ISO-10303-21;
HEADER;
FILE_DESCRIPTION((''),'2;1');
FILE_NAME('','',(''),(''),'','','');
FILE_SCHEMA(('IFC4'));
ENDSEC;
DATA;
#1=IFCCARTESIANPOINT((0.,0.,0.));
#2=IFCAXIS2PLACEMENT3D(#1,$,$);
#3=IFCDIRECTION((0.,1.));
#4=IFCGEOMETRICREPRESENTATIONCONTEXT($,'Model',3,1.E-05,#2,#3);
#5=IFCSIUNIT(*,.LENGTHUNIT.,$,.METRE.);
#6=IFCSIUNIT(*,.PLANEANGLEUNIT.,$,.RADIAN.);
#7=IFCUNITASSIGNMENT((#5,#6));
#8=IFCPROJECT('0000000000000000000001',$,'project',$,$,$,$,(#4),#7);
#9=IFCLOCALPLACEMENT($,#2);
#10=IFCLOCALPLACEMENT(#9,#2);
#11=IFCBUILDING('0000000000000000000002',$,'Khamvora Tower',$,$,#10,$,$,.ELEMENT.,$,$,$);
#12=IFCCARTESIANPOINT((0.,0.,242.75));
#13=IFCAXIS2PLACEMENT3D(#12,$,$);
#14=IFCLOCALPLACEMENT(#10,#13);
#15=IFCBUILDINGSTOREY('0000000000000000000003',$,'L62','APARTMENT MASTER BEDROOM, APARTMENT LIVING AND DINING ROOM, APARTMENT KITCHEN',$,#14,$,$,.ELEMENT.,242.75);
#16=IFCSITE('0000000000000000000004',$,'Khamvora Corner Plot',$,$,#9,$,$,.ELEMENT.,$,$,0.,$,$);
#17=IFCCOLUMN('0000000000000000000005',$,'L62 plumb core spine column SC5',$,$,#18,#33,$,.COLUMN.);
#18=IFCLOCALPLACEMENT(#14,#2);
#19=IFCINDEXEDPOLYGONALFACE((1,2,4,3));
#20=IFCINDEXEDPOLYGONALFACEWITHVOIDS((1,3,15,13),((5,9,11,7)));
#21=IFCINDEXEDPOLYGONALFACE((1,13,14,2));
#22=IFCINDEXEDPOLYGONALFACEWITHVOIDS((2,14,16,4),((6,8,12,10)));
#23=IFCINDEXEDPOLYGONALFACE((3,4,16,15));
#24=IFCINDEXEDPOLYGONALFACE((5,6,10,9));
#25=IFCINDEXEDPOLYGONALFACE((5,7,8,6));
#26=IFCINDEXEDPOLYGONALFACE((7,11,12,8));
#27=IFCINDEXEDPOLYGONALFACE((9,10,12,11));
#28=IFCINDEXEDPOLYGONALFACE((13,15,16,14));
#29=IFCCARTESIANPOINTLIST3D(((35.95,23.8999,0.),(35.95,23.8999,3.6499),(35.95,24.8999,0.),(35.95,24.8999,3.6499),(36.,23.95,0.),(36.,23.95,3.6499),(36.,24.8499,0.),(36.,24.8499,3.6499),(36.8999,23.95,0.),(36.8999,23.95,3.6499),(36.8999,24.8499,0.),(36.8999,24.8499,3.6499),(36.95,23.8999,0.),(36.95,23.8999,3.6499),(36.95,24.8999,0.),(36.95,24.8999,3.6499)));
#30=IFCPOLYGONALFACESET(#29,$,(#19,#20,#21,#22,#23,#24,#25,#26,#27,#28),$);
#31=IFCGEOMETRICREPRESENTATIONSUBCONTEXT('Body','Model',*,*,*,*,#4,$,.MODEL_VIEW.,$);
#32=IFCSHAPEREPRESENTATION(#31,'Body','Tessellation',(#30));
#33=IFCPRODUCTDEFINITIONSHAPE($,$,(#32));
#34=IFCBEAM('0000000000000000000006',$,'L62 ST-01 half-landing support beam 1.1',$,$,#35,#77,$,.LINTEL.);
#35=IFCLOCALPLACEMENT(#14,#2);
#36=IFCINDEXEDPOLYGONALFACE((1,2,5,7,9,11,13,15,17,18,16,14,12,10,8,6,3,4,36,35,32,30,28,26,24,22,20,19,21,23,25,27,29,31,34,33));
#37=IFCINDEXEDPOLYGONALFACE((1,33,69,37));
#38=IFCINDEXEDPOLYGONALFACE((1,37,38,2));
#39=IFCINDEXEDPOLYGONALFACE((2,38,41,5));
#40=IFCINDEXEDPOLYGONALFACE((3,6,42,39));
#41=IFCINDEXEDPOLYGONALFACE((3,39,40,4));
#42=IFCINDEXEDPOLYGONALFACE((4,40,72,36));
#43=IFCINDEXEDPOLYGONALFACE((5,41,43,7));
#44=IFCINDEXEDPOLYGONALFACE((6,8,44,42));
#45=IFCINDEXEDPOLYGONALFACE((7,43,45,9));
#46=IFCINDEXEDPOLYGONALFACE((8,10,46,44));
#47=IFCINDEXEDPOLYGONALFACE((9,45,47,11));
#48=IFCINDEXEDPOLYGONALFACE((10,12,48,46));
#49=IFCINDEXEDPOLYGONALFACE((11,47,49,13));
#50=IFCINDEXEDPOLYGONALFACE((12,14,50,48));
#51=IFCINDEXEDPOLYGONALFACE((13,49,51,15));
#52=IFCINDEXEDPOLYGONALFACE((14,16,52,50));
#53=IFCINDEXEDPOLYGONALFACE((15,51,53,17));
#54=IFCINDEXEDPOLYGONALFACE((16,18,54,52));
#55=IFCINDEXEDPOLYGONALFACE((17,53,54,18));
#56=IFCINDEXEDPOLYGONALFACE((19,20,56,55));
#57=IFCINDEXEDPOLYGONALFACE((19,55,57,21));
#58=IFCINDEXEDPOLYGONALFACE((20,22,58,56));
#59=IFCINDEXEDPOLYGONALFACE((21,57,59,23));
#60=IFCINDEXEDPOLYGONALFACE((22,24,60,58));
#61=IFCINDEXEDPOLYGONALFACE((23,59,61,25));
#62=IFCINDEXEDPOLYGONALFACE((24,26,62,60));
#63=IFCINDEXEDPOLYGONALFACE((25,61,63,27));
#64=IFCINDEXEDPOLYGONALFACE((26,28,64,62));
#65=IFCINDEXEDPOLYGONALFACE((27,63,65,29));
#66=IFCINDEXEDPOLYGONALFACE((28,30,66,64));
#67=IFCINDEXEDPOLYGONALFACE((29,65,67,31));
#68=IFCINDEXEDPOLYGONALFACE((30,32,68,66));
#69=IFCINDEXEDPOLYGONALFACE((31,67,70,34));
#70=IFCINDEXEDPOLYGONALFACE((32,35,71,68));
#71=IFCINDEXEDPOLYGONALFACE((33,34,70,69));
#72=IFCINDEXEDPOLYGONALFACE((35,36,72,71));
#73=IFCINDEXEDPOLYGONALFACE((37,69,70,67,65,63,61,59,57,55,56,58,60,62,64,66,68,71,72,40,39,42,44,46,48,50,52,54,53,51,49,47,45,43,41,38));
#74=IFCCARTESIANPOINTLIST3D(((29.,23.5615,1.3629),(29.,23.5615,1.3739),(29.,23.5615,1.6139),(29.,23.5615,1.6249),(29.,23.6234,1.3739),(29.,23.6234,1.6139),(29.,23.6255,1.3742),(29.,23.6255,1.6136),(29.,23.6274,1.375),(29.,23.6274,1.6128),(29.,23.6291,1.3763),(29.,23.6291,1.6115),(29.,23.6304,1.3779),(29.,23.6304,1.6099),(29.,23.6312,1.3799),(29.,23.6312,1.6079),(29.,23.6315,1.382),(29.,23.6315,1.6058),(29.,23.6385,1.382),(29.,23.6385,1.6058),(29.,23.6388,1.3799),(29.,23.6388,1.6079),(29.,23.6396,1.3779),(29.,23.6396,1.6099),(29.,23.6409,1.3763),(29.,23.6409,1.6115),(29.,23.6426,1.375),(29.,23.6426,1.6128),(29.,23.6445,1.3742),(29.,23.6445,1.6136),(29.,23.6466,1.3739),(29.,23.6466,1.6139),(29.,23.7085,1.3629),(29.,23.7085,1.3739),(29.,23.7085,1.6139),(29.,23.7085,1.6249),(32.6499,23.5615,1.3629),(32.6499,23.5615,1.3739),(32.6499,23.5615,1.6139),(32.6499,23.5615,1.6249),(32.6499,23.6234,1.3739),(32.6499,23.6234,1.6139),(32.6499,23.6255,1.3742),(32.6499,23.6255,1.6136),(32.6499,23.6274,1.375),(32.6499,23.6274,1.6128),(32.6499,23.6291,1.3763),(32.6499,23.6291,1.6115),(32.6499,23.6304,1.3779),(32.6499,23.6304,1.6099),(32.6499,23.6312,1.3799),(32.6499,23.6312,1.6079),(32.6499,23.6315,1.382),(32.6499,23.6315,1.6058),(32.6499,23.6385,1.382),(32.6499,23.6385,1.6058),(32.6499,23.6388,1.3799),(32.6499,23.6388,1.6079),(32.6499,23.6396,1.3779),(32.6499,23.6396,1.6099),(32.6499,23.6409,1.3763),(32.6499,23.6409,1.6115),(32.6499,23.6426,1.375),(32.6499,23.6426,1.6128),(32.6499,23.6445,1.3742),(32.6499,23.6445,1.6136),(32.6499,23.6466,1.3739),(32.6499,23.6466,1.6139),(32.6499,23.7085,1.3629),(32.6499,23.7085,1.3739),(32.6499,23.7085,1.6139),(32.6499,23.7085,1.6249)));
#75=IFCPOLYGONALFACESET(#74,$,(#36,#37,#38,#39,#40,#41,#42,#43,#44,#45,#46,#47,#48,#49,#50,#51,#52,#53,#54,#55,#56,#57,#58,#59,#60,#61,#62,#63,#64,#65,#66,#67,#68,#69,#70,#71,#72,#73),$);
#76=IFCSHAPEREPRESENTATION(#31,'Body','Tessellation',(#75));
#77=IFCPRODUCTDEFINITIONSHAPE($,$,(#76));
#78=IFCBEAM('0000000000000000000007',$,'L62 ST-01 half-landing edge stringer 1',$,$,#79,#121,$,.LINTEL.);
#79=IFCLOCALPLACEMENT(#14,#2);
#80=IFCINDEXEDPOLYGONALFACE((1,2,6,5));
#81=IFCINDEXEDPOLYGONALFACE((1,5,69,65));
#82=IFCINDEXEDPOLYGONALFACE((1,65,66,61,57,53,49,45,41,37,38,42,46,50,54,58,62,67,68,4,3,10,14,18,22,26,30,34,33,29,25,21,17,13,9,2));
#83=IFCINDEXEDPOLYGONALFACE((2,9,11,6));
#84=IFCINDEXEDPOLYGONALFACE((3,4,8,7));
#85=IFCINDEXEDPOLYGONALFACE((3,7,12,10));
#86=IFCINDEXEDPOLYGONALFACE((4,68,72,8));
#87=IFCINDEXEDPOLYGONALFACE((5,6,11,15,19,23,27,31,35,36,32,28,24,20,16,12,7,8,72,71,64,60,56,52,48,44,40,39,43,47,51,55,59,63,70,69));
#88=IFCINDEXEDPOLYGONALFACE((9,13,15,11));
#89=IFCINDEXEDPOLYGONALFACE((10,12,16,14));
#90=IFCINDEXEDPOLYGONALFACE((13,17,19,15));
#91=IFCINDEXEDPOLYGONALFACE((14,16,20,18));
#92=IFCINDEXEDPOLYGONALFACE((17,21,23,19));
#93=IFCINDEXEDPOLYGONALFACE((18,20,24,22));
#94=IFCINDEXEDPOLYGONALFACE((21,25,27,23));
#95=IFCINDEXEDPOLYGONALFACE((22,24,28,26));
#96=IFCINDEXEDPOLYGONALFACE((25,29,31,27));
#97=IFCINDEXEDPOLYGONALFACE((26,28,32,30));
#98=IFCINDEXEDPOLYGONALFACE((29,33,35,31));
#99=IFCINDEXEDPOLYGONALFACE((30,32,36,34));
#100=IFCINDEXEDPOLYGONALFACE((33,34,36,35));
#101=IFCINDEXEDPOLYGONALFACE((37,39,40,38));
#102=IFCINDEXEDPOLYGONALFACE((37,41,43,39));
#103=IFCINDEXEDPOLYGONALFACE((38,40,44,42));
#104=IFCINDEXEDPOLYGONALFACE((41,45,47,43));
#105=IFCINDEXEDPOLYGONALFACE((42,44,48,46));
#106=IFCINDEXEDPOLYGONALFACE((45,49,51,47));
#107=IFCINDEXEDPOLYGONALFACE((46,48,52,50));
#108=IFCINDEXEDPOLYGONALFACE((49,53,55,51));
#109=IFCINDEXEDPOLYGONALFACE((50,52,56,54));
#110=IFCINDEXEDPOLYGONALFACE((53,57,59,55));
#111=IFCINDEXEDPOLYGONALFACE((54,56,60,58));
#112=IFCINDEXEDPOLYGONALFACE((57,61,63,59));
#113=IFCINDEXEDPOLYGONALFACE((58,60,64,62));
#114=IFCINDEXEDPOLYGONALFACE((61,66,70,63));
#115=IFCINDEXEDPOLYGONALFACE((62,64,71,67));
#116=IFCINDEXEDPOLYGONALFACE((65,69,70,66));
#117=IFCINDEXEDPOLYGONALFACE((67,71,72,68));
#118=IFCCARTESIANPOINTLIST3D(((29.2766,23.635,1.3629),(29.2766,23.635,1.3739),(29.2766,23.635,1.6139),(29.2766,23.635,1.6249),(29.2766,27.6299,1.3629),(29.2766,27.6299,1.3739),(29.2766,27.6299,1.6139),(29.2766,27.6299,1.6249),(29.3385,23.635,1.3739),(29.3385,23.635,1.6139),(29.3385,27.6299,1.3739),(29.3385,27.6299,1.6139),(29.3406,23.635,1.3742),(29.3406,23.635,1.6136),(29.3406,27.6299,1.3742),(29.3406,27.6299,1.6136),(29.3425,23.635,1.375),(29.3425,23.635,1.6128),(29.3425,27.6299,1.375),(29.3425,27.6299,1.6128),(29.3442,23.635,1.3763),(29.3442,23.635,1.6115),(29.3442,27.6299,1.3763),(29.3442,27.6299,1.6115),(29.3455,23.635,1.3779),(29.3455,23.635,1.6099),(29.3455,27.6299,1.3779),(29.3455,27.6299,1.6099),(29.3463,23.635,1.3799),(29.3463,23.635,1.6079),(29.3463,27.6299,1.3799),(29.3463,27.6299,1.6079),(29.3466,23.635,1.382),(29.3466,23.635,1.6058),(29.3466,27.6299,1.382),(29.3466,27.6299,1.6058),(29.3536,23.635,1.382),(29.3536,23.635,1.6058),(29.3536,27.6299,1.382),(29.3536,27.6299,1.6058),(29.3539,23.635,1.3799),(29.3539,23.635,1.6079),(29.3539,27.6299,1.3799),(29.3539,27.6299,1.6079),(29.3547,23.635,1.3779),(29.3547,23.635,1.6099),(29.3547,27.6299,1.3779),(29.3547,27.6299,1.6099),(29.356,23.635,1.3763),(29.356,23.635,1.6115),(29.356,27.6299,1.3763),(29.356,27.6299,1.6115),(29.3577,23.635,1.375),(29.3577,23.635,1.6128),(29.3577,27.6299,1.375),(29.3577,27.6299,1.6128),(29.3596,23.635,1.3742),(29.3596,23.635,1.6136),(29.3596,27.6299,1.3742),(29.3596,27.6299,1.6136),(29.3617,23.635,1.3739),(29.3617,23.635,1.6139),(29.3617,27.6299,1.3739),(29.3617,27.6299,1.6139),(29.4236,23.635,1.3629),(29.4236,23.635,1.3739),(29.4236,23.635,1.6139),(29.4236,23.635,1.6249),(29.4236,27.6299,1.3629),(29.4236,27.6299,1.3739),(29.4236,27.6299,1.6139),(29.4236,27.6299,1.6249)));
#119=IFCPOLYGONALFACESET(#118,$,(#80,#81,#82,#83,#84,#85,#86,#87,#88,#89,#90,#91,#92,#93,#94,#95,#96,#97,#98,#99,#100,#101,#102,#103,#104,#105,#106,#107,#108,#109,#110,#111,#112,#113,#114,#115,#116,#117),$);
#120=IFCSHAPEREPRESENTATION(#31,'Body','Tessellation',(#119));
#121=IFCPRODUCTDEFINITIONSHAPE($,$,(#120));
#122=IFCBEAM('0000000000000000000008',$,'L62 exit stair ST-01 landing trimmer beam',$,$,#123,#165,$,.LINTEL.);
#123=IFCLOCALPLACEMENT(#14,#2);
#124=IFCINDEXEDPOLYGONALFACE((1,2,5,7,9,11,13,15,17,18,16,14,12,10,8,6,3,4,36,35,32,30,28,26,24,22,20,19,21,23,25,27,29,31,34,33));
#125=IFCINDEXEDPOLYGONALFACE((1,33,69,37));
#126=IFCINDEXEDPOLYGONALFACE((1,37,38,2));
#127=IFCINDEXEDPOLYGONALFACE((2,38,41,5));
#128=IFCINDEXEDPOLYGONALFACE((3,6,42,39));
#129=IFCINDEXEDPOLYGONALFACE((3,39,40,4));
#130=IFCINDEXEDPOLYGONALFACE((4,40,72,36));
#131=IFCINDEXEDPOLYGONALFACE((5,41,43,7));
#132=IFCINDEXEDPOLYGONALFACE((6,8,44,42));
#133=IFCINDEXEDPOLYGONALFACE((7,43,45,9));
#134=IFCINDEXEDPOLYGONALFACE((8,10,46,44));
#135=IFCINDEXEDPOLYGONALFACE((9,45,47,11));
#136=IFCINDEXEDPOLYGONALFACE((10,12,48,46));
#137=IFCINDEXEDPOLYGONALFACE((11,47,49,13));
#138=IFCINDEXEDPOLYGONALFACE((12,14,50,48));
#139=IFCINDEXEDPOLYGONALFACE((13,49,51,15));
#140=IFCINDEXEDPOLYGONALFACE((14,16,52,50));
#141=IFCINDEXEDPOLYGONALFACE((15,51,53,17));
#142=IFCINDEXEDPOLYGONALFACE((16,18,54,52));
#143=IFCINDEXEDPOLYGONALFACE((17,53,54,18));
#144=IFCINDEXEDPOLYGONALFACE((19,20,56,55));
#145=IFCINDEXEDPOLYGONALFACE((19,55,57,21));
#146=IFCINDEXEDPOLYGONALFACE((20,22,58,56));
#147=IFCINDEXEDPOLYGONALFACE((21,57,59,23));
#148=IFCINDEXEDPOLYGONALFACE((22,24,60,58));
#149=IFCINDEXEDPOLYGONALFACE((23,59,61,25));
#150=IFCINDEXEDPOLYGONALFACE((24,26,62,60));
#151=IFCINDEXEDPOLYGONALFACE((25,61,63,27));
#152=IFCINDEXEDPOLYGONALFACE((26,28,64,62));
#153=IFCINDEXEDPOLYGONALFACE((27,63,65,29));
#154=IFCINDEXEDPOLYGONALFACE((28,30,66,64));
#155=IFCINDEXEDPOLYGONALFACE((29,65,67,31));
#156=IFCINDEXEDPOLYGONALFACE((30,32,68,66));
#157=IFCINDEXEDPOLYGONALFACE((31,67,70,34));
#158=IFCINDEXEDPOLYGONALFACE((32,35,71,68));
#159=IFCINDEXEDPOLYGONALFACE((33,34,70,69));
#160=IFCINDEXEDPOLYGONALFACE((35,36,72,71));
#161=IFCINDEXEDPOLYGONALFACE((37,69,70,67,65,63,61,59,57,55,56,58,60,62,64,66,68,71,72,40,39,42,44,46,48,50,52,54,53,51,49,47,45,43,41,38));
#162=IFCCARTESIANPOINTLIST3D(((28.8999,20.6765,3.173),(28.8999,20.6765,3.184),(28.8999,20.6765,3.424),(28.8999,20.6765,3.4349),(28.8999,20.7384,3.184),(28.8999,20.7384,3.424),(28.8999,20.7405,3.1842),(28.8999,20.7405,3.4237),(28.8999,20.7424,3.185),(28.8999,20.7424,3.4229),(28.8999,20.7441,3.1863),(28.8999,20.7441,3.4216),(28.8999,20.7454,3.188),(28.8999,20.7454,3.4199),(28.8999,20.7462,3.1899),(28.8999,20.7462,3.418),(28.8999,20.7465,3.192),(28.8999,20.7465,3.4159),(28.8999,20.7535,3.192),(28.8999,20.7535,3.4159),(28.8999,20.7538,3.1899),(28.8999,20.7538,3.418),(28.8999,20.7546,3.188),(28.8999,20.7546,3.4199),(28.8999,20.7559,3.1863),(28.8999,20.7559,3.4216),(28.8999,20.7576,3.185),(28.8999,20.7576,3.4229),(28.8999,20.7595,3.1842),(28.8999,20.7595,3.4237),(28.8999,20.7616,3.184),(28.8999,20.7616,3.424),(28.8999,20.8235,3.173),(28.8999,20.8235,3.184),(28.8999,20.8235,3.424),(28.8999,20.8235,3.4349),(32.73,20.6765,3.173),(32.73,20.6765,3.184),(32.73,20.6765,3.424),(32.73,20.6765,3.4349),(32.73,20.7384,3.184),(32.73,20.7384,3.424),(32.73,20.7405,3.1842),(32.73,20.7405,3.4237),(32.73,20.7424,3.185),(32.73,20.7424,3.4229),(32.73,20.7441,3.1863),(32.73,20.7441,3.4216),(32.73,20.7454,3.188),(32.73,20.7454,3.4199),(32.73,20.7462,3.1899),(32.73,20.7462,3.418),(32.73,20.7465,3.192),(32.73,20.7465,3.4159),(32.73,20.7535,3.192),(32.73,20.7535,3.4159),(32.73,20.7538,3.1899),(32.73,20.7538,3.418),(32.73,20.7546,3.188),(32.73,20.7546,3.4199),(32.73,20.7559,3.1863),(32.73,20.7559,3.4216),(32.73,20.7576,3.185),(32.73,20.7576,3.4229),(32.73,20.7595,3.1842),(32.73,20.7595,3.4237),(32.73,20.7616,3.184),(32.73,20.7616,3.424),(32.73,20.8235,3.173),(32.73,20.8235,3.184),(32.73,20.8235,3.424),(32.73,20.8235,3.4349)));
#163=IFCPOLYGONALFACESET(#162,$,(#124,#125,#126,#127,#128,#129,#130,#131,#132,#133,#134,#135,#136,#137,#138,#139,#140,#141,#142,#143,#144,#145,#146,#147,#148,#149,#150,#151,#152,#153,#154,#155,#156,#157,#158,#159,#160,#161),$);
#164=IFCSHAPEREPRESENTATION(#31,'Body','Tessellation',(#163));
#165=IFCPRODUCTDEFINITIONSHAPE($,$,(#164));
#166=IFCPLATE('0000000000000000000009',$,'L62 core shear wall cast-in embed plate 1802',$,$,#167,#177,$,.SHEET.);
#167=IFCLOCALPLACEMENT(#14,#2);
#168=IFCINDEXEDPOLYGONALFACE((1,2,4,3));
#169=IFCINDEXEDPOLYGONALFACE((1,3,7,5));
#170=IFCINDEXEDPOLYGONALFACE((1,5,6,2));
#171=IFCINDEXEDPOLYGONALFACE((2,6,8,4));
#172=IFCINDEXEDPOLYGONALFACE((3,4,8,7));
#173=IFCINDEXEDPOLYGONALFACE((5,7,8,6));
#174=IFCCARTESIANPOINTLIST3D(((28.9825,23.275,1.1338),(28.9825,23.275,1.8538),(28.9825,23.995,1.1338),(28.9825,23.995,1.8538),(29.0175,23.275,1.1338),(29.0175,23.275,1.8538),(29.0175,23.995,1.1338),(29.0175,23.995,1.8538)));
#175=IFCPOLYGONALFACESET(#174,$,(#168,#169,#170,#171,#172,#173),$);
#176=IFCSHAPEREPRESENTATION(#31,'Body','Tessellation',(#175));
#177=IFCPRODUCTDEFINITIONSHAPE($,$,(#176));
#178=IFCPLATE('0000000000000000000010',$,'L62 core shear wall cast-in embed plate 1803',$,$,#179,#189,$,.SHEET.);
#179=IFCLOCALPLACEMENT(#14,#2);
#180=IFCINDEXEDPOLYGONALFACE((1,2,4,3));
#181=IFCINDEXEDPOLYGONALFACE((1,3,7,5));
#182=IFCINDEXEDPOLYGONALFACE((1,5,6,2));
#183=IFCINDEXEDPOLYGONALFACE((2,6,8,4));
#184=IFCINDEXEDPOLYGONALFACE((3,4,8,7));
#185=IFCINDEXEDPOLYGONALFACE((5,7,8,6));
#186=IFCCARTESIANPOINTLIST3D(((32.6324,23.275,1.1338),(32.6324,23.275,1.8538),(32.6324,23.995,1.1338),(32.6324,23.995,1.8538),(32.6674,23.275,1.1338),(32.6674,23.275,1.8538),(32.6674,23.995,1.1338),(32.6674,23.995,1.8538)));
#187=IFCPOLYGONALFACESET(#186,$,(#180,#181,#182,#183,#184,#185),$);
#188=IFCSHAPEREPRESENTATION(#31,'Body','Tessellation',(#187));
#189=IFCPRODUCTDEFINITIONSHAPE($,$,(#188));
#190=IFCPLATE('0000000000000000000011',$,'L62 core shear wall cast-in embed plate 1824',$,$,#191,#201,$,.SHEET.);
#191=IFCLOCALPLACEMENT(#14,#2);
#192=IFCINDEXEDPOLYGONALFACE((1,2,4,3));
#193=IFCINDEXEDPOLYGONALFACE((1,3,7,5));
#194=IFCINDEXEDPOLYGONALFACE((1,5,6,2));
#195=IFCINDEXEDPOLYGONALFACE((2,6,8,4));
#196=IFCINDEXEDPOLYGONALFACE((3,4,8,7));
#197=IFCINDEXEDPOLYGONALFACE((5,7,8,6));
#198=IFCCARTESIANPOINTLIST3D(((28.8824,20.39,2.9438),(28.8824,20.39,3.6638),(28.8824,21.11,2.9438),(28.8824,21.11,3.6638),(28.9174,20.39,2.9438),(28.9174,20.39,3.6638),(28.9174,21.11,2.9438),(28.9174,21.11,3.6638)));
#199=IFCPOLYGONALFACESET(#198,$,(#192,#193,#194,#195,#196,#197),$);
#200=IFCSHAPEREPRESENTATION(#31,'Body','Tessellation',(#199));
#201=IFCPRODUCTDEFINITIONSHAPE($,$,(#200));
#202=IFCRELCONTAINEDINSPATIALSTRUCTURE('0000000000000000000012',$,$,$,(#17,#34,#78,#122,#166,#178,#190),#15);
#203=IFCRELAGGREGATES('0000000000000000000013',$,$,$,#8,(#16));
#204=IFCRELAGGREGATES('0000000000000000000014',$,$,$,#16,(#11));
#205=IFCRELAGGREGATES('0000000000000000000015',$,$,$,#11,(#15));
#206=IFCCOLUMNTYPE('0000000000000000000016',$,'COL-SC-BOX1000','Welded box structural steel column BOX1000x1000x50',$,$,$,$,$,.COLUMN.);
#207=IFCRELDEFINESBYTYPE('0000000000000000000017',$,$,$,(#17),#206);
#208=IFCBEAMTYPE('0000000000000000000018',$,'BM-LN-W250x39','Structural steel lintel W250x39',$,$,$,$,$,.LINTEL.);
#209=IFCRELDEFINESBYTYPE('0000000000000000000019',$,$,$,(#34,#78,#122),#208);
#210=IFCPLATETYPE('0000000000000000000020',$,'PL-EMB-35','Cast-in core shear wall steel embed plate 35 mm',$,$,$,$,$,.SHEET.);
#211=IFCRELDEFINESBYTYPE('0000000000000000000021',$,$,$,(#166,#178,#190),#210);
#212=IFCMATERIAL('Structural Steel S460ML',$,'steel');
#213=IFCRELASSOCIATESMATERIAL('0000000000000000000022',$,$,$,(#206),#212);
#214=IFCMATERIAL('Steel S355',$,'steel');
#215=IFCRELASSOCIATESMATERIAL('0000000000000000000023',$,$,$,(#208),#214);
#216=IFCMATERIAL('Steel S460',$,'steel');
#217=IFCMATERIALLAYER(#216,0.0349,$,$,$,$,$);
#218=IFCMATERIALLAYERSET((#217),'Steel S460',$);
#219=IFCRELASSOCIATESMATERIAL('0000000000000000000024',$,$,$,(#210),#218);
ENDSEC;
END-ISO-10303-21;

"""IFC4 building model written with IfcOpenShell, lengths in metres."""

from ifc_helpers import new_model, si_unit, direction, frame, origin, origin_2d, place, context, subcontext, project, spatial, rectangle, hollow_rectangle, i_section, extrude, material, layer, layer_set, material_profile, profile_set, type_object, element, save


model = new_model("IFC4")

# Units and contexts
model_context = context("Model", 3, precision=1e-05, world=origin(), true_north=direction((0.0, 1.0)))
body_context = subcontext(model_context, "Body", "Model", "MODEL_VIEW")
ifc_project = project(units=[si_unit("LENGTHUNIT", "METRE"), si_unit("PLANEANGLEUNIT", "RADIAN")], contexts=[model_context])

# Site, building, storey
site_placement = place(None, origin())
site = spatial("IfcSite", under=ifc_project, at=site_placement, Name="Khamvora Corner Plot", CompositionType="ELEMENT", RefElevation=0.0)
building_placement = place(site_placement, origin())
building = spatial("IfcBuilding", under=site, at=building_placement, Name="Khamvora Tower", CompositionType="ELEMENT")
storey_placement = place(building_placement, frame((0.0, 0.0, 242.75)))
storey = spatial("IfcBuildingStorey", under=building, at=storey_placement, Name="L62", Description="APARTMENT MASTER BEDROOM, APARTMENT LIVING AND DINING ROOM, APARTMENT KITCHEN", CompositionType="ELEMENT", Elevation=242.75)

# Column
ifc_material_1 = material(Name="Structural Steel S460ML", Category="steel")
ifc_material_profile_1 = material_profile(ifc_material_1, hollow_rectangle(XDim=1.0, YDim=1.0, WallThickness=0.05, at=origin_2d()), Name="BOX1000x1000x50")
ifc_profile_set_1 = profile_set([ifc_material_profile_1], Name="Structural Steel S460ML")
column_type = type_object("IfcColumnType", Name="COL-SC-BOX1000", Description="Welded box structural steel column BOX1000x1000x50", PredefinedType="COLUMN", material=ifc_profile_set_1)
column_placement = place(storey_placement, frame((36.45, 24.3999, 0.0), z_axis=(0.0, 0.0, 1.0), x_axis=(1.0, 0.0, 0.0)))
element("IfcColumn", 1, at=column_placement, inside=storey, type_object=column_type, Name="L62 plumb core spine column SC5", PredefinedType="COLUMN", context=body_context, shape_type="SweptSolid", body=[
    extrude(hollow_rectangle(XDim=1.0, YDim=1.0, WallThickness=0.05, at=origin_2d()), origin(), (0.0, 0.0, 1.0), 3.6499),
])

# Beams
ifc_material_2 = material(Name="Steel S355", Category="steel")
ifc_material_profile_2 = material_profile(ifc_material_2, i_section(OverallWidth=0.147, OverallDepth=0.262, WebThickness=0.0071, FlangeThickness=0.011, FilletRadius=0.0081, at=origin_2d()), Name="W250x39")
ifc_profile_set_2 = profile_set([ifc_material_profile_2], Name="Steel S355")
beam_type = type_object("IfcBeamType", Name="BM-LN-W250x39", Description="Structural steel lintel W250x39", PredefinedType="LINTEL", material=ifc_profile_set_2)
beam_1_placement = place(storey_placement, frame((29.0, 23.635, 1.4939), z_axis=(1.0, 0.0, 0.0), x_axis=(0.0, 1.0, 0.0)))
element("IfcBeam", 2, at=beam_1_placement, inside=storey, type_object=beam_type, Name="L62 ST-01 half-landing support beam 1.1", PredefinedType="LINTEL", context=body_context, shape_type="SweptSolid", body=[
    extrude(i_section(OverallWidth=0.147, OverallDepth=0.262, WebThickness=0.0071, FlangeThickness=0.011, FilletRadius=0.0081, at=origin_2d()), origin(), (0.0, 0.0, 1.0), 3.6499),
])
beam_2_placement = place(storey_placement, frame((29.3501, 23.635, 1.4939), z_axis=(0.0, 1.0, 0.0), x_axis=(-1.0, 0.0, 0.0)))
element("IfcBeam", 3, at=beam_2_placement, inside=storey, type_object=beam_type, Name="L62 ST-01 half-landing edge stringer 1", PredefinedType="LINTEL", context=body_context, shape_type="SweptSolid", body=[
    extrude(i_section(OverallWidth=0.147, OverallDepth=0.262, WebThickness=0.0071, FlangeThickness=0.011, FilletRadius=0.0081, at=origin_2d()), origin(), (0.0, 0.0, 1.0), 3.9949),
])
beam_3_placement = place(storey_placement, frame((28.8999, 20.75, 3.304), z_axis=(1.0, 0.0, 0.0), x_axis=(0.0, 1.0, 0.0)))
element("IfcBeam", 4, at=beam_3_placement, inside=storey, type_object=beam_type, Name="L62 exit stair ST-01 landing trimmer beam", PredefinedType="LINTEL", context=body_context, shape_type="SweptSolid", body=[
    extrude(i_section(OverallWidth=0.147, OverallDepth=0.262, WebThickness=0.0071, FlangeThickness=0.011, FilletRadius=0.0081, at=origin_2d()), origin(), (0.0, 0.0, 1.0), 3.8301),
])

# Plates
ifc_material_3 = material(Name="Steel S460", Category="steel")
ifc_layer_1 = layer(ifc_material_3, 0.0349)
ifc_layer_set_1 = layer_set([ifc_layer_1], Name="Steel S460")
plate_type = type_object("IfcPlateType", Name="PL-EMB-35", Description="Cast-in core shear wall steel embed plate 35 mm", PredefinedType="SHEET", material=ifc_layer_set_1)
for number, where, z_axis, x_axis, name in (
    (5, (29.0, 23.635, 1.1338), (0.0, 0.0, 1.0), (1.0, 0.0, 0.0), "L62 core shear wall cast-in embed plate 1802"),
    (6, (32.6499, 23.635, 1.1338), (0.0, 0.0, 1.0), (1.0, 0.0, 0.0), "L62 core shear wall cast-in embed plate 1803"),
    (7, (28.8999, 20.75, 2.9438), (0.0, 0.0, 1.0), (1.0, 0.0, 0.0), "L62 core shear wall cast-in embed plate 1824"),
):
    element("IfcPlate", number, at=place(storey_placement, frame(where, z_axis=z_axis, x_axis=x_axis)), inside=storey, type_object=plate_type, Name=name, PredefinedType="SHEET", context=body_context, shape_type="SweptSolid", body=[
        extrude(rectangle(XDim=0.0349, YDim=0.72, at=origin_2d()), origin(), (0.0, 0.0, 1.0), 0.72),
    ])

save(model, "model.ifc")
